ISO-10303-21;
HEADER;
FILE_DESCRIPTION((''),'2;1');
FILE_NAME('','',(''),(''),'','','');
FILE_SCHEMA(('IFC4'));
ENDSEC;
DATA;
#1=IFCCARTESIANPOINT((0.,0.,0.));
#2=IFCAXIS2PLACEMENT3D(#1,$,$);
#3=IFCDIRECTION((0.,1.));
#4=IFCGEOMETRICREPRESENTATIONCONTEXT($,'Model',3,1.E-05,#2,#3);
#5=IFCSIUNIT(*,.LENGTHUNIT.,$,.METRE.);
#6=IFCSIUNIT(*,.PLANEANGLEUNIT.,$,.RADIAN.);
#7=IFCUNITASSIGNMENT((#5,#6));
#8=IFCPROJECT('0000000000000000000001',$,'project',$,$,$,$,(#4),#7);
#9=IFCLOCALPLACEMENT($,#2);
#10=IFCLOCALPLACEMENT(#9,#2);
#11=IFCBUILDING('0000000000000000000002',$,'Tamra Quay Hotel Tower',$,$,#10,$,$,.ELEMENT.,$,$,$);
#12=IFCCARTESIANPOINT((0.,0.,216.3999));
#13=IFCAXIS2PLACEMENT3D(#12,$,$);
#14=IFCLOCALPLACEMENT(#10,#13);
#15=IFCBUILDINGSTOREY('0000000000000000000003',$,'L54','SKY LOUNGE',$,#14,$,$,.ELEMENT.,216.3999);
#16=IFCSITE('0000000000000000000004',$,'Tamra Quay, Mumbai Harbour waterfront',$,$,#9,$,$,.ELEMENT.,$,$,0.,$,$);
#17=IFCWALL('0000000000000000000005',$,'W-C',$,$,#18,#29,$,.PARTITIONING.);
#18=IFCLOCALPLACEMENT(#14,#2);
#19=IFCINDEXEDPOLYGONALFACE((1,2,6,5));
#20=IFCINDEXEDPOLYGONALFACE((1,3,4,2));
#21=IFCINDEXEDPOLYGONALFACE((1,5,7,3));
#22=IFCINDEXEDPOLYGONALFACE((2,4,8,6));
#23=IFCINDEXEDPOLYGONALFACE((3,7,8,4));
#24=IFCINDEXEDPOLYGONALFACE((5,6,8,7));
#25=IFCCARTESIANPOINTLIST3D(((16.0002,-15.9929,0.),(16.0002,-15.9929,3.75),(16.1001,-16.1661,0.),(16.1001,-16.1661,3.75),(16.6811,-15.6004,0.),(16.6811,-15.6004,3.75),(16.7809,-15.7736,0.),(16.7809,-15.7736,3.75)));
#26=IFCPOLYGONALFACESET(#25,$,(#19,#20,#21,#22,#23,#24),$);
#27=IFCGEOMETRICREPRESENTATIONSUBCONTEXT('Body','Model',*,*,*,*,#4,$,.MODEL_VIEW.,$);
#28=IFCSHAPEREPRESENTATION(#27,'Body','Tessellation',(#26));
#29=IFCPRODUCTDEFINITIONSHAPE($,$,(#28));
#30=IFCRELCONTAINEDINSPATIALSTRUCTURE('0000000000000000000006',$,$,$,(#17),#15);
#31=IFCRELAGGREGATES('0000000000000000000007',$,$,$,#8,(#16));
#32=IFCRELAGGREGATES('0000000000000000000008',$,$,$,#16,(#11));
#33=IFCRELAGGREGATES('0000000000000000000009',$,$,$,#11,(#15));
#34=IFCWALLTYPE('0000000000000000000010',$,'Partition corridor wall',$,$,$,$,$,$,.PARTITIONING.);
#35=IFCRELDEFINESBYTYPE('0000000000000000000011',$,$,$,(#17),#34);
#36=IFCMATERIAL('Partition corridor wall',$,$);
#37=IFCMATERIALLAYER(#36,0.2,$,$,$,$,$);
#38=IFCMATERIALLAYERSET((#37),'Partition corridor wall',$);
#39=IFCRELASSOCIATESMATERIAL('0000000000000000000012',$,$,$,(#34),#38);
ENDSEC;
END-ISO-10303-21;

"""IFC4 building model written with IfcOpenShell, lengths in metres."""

from ifc_helpers import new_model, si_unit, direction, frame, frame_2d, origin, place, context, subcontext, project, spatial, rectangle, extrude, material, layer, layer_set, type_object, element, save


model = new_model("IFC4")

# Units and contexts
model_context = context("Model", 3, precision=1e-05, world=origin(), true_north=direction((0.0, 1.0)))
body_context = subcontext(model_context, "Body", "Model", "MODEL_VIEW")
ifc_project = project(units=[si_unit("LENGTHUNIT", "METRE"), si_unit("PLANEANGLEUNIT", "RADIAN")], contexts=[model_context])

# Site, building, storey
site_placement = place(None, origin())
site = spatial("IfcSite", under=ifc_project, at=site_placement, Name="Tamra Quay, Mumbai Harbour waterfront", CompositionType="ELEMENT", RefElevation=0.0)
building_placement = place(site_placement, origin())
building = spatial("IfcBuilding", under=site, at=building_placement, Name="Tamra Quay Hotel Tower", CompositionType="ELEMENT")
storey_placement = place(building_placement, frame((0.0, 0.0, 216.3999)))
storey = spatial("IfcBuildingStorey", under=building, at=storey_placement, Name="L54", Description="SKY LOUNGE", CompositionType="ELEMENT", Elevation=216.3999)

# Wall
ifc_material_1 = material(Name="Partition corridor wall")
ifc_layer_1 = layer(ifc_material_1, 0.2)
ifc_layer_set_1 = layer_set([ifc_layer_1], Name="Partition corridor wall")
wall_type_1 = type_object("IfcWallType", Name="Partition corridor wall", PredefinedType="PARTITIONING", material=ifc_layer_set_1)
wall_1_placement = place(storey_placement, frame((16.05, -16.0796, 0.0), z_axis=(0.0, 0.0, 1.0), x_axis=(0.866325, 0.49948, 0.0)))
element("IfcWall", 1, at=wall_1_placement, inside=storey, type_object=wall_type_1, Name="W-C", PredefinedType="PARTITIONING", context=body_context, shape_type="SweptSolid", body=[
    extrude(rectangle(XDim=0.7859, YDim=0.2, at=frame_2d((0.3931, 0.0))), origin(), (0.0, 0.0, 1.0), 3.75),
])

save(model, "model.ifc")
